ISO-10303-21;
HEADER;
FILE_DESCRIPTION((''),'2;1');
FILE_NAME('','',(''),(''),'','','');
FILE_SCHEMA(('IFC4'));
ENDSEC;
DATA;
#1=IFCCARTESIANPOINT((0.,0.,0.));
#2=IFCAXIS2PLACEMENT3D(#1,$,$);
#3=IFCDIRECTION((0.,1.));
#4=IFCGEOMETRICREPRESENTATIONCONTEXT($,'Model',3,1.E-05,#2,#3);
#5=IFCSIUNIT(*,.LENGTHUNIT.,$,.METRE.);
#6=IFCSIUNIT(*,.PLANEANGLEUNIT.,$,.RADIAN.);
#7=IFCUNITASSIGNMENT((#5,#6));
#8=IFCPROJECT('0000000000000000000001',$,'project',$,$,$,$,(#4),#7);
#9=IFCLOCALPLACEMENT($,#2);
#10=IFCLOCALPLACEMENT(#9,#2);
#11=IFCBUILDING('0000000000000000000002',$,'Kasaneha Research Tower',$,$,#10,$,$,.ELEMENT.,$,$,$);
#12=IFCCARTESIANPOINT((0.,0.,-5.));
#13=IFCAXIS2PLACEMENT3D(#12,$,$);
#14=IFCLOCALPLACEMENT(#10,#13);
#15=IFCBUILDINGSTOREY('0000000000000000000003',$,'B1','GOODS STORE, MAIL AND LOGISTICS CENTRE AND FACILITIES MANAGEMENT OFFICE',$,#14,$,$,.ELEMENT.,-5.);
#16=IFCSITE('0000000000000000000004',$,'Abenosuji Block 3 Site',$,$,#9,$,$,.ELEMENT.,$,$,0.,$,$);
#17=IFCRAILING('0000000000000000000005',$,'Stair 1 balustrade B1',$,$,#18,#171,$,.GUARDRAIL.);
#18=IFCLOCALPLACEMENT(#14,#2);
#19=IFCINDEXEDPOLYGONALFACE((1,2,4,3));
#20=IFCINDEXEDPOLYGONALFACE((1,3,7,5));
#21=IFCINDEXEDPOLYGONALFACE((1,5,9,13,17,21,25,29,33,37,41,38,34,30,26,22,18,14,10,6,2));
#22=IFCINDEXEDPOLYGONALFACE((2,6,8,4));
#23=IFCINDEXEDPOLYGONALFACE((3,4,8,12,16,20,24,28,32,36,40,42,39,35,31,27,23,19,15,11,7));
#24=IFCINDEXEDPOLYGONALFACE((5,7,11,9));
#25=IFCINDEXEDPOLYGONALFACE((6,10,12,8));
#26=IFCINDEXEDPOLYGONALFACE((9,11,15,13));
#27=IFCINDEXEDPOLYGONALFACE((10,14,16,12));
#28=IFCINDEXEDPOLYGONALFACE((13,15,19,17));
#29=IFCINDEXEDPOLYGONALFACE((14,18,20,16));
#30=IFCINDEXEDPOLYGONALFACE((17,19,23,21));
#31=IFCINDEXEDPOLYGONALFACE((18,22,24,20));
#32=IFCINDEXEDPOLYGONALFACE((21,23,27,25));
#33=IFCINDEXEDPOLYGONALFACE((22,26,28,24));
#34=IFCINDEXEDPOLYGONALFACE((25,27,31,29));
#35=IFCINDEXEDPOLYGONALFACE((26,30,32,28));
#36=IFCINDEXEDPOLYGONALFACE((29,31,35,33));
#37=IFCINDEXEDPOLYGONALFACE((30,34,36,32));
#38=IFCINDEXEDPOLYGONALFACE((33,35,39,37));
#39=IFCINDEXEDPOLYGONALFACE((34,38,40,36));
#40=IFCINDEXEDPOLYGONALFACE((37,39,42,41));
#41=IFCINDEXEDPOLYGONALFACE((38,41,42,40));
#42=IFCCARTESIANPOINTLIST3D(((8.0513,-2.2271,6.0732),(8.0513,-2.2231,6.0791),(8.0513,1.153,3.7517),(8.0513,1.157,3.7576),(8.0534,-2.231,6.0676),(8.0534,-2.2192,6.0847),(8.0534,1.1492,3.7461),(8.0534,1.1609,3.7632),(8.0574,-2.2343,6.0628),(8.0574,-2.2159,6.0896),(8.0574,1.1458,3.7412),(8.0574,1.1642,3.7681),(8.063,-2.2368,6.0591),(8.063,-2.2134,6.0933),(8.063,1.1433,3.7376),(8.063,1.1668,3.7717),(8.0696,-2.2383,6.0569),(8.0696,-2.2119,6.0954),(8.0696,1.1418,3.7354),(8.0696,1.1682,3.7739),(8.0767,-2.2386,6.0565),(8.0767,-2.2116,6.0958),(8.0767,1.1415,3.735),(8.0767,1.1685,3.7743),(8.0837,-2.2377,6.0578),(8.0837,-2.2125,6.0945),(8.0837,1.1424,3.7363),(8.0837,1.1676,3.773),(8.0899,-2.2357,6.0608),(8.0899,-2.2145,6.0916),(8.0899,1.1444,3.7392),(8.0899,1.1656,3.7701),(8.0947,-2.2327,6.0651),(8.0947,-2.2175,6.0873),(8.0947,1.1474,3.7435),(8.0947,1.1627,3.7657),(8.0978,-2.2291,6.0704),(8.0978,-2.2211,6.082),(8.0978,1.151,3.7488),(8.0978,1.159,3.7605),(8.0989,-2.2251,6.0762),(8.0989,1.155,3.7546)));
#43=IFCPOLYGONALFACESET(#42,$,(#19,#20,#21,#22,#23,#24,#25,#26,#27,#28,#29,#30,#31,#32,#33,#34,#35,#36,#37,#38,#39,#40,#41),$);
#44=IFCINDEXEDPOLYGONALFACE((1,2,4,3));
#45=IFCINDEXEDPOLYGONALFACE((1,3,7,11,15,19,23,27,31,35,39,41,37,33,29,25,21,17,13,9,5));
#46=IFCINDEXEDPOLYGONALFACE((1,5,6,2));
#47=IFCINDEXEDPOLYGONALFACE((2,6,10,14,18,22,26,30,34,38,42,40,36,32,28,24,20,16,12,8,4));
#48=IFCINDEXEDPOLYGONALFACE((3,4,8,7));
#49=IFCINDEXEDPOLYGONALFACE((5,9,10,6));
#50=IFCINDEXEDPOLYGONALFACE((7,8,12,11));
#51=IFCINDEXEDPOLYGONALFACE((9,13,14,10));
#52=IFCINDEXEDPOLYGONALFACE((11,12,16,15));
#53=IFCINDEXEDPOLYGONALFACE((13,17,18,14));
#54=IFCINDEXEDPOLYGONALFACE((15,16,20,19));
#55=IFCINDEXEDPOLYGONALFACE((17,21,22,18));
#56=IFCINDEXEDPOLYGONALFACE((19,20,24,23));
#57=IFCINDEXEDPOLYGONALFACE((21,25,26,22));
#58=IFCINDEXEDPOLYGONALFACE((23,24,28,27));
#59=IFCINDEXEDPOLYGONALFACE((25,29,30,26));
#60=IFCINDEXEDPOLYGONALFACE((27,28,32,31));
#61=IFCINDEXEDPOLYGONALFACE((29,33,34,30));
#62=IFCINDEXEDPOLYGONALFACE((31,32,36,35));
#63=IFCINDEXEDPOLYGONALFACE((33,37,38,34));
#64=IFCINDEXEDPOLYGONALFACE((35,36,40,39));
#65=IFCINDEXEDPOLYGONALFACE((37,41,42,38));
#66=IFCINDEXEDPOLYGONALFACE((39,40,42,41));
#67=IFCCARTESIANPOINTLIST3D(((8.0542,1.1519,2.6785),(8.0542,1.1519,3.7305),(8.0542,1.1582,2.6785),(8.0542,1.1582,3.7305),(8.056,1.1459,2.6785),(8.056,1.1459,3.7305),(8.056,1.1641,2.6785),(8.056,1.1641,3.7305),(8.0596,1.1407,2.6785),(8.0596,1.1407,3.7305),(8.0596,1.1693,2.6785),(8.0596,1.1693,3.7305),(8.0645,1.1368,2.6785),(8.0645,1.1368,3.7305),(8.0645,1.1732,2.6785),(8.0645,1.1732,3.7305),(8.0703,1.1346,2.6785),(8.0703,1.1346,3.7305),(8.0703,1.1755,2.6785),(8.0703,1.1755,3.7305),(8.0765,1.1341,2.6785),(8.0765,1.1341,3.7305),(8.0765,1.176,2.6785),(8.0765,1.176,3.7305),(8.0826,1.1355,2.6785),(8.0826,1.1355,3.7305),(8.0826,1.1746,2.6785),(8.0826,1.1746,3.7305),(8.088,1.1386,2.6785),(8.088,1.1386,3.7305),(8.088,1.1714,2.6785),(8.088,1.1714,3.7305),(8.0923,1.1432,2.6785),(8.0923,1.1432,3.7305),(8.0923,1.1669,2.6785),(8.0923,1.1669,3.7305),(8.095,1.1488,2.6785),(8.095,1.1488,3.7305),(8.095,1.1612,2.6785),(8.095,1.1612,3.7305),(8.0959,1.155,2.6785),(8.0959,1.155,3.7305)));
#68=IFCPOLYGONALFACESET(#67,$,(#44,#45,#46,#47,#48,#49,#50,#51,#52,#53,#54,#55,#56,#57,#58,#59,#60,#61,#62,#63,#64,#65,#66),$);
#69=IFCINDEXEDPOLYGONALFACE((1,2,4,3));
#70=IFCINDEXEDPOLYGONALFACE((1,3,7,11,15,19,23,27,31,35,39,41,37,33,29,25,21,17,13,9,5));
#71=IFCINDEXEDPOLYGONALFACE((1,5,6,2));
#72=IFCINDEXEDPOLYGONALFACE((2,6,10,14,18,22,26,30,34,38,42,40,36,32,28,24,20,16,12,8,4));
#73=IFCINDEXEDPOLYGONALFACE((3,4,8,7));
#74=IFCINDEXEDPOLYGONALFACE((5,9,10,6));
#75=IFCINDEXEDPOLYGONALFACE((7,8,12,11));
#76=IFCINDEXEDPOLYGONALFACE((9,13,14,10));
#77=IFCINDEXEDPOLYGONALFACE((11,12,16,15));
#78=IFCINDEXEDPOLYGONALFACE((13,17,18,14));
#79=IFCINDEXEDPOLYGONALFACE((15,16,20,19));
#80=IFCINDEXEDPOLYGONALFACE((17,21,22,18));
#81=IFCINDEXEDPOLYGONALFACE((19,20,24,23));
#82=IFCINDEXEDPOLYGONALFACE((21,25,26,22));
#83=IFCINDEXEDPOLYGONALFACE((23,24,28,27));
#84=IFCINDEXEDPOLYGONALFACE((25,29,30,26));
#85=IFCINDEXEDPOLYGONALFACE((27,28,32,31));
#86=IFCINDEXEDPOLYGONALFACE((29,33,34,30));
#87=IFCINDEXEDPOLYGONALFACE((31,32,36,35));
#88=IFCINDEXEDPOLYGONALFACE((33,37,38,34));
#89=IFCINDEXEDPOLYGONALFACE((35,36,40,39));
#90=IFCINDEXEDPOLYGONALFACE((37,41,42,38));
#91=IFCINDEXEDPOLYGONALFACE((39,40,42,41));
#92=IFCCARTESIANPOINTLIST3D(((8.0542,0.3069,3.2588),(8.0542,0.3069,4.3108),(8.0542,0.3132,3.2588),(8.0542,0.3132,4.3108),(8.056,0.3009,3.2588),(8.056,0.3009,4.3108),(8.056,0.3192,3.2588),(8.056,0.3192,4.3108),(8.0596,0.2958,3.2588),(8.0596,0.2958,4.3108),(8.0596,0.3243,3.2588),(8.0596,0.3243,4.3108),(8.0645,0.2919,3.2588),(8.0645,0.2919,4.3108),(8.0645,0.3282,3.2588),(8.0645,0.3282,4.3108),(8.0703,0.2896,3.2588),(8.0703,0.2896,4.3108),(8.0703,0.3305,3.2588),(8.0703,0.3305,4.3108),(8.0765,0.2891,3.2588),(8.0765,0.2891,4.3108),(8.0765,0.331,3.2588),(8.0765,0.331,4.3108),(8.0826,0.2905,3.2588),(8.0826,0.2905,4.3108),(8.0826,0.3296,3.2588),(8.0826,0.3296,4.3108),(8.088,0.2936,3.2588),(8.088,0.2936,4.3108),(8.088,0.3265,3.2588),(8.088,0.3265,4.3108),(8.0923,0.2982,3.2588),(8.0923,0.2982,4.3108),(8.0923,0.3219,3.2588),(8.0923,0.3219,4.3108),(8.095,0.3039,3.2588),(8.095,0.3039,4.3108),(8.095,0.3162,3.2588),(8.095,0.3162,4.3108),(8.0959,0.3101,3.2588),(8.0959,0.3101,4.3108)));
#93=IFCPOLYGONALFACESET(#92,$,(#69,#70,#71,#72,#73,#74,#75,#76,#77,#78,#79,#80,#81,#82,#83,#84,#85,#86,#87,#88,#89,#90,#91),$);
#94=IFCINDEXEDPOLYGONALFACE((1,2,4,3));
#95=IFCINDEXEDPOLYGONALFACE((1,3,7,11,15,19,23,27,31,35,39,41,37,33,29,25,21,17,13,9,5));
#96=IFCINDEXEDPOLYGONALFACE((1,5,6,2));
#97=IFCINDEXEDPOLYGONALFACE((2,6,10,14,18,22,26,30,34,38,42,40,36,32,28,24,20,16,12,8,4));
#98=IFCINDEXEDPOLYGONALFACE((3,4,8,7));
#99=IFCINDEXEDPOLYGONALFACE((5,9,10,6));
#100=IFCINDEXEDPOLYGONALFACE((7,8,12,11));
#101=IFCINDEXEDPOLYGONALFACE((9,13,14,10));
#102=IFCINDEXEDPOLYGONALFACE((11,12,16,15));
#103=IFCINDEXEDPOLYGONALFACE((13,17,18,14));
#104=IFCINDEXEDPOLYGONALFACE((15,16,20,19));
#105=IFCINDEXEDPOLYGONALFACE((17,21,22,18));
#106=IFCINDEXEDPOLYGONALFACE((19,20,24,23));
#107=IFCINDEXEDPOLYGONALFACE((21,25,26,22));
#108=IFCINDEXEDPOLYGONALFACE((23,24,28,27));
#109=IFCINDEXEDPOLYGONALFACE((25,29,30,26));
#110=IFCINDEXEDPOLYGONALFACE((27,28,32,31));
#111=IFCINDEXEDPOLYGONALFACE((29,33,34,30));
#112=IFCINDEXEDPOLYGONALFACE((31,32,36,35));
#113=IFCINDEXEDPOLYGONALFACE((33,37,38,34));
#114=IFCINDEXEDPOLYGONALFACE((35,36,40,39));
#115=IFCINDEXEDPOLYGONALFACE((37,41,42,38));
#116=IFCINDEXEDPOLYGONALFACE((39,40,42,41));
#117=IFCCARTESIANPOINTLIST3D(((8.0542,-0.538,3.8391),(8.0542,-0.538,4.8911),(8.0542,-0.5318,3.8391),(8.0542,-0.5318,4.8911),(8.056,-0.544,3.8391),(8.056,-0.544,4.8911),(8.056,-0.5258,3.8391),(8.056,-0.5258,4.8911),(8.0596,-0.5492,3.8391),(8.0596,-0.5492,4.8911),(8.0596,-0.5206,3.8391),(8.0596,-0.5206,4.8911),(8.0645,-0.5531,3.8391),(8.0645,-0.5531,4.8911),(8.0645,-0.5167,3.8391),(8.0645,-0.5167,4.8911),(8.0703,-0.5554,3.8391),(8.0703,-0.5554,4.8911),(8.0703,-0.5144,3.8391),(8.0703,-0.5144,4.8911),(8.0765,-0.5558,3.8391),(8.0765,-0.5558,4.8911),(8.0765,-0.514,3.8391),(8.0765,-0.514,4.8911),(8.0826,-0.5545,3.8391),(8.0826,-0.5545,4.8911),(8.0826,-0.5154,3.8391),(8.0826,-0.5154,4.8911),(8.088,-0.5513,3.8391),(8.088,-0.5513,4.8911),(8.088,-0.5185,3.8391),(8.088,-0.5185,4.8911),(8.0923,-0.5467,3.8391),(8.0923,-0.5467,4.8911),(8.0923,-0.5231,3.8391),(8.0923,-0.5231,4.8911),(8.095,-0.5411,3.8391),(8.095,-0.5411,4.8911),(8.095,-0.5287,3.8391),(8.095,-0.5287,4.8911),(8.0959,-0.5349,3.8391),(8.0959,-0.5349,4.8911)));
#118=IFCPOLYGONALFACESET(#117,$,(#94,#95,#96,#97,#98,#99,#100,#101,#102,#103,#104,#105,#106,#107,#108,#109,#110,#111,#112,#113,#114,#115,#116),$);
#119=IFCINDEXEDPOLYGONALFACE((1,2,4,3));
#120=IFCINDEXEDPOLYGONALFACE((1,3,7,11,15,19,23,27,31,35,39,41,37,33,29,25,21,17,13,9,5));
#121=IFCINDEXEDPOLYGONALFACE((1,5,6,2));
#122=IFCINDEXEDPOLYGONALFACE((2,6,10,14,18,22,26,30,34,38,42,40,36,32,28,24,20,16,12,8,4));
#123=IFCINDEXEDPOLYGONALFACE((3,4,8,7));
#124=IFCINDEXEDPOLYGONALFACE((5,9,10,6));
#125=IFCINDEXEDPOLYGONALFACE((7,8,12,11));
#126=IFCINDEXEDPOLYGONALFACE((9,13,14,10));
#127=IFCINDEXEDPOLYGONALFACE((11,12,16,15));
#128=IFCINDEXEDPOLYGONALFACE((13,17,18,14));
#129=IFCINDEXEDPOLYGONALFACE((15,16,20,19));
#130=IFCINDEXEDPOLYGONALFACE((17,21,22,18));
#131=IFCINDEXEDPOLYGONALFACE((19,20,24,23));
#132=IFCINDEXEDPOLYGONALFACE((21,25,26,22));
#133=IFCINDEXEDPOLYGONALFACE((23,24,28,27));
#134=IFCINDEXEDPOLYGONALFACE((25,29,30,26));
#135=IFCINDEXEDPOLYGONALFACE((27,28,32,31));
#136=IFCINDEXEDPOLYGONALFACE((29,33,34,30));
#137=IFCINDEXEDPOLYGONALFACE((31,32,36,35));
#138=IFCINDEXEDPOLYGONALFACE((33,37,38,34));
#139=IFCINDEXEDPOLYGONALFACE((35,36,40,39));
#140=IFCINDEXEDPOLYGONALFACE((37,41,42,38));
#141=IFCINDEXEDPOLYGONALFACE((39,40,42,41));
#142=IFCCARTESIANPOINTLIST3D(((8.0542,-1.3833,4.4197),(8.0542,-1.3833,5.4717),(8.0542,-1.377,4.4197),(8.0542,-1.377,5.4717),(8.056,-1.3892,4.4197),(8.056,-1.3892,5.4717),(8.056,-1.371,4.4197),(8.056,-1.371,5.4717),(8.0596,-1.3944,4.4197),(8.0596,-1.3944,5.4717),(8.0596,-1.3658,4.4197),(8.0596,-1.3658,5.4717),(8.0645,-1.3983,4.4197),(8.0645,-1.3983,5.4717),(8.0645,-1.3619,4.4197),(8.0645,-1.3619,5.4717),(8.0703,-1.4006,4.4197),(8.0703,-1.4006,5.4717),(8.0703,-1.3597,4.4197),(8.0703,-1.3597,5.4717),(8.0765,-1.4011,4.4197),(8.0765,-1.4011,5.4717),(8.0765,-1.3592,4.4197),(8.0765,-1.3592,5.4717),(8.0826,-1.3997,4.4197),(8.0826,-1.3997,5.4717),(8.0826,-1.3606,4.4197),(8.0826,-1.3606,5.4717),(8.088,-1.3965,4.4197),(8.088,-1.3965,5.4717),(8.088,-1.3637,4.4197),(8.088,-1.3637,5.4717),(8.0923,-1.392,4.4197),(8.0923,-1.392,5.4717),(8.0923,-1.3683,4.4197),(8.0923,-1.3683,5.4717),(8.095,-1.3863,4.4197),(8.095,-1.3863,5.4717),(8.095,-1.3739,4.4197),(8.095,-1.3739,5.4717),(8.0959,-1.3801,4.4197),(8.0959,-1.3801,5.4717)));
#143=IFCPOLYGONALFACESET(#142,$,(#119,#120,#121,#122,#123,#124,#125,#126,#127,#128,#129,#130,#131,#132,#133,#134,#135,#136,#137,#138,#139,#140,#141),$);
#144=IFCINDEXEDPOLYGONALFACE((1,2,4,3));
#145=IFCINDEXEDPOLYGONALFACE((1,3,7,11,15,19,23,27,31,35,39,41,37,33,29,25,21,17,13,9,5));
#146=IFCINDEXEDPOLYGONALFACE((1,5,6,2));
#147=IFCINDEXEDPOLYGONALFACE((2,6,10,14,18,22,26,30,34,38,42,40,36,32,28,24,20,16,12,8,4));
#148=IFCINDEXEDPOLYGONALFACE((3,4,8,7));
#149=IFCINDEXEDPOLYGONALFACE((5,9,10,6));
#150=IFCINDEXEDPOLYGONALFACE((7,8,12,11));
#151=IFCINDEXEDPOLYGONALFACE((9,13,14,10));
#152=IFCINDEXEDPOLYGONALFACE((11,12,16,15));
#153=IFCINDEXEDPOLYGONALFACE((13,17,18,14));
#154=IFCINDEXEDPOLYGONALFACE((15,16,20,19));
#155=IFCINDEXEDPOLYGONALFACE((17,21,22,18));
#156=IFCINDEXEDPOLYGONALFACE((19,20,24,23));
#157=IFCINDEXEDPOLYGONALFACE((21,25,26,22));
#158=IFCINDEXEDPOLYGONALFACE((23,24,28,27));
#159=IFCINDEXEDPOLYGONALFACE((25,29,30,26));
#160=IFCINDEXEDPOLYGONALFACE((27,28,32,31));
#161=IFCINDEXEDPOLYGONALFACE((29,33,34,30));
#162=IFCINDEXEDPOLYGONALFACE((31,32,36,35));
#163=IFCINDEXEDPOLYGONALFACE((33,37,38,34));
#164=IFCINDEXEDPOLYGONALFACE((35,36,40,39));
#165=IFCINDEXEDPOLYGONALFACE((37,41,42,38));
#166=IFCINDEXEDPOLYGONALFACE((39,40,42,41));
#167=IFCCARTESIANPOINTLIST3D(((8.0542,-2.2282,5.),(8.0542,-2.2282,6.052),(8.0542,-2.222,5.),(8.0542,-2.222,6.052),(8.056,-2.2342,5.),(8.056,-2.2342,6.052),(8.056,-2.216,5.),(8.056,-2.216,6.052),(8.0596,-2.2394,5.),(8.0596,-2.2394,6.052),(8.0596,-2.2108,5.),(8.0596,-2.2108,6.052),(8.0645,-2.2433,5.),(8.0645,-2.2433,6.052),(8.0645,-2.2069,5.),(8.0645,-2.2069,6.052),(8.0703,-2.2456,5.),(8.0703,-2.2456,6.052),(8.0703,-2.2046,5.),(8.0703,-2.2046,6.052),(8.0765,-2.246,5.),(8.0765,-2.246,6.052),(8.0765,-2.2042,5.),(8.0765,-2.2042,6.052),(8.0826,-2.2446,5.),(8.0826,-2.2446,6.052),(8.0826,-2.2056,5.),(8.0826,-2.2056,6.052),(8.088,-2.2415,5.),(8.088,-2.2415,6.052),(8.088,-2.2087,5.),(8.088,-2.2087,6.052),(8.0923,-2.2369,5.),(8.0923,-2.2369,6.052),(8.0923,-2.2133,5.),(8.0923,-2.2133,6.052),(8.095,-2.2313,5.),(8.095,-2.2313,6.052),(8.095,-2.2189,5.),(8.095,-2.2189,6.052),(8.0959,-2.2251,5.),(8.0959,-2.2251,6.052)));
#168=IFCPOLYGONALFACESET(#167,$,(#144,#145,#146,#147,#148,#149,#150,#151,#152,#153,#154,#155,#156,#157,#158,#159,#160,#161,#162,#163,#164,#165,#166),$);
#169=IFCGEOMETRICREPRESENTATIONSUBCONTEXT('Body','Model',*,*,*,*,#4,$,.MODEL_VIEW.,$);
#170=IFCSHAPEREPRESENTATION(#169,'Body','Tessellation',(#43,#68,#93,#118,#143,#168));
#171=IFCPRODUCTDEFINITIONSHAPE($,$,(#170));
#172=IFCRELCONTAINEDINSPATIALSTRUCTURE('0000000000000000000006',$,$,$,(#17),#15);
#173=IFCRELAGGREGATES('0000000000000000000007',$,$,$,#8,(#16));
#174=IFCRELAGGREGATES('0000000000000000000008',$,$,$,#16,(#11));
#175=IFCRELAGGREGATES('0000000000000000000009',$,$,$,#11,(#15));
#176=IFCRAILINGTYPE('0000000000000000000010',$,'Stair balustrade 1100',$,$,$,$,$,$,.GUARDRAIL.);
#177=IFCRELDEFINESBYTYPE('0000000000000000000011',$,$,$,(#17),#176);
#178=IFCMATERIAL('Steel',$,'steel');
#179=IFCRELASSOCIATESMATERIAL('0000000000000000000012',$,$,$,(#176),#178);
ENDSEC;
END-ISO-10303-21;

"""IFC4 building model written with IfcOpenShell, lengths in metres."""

from ifc_helpers import new_model, si_unit, direction, frame, origin, origin_2d, place, context, subcontext, project, spatial, circle, extrude, material, type_object, element, save


model = new_model("IFC4")

# Units and contexts
model_context = context("Model", 3, precision=1e-05, world=origin(), true_north=direction((0.0, 1.0)))
body_context = subcontext(model_context, "Body", "Model", "MODEL_VIEW")
ifc_project = project(units=[si_unit("LENGTHUNIT", "METRE"), si_unit("PLANEANGLEUNIT", "RADIAN")], contexts=[model_context])

# Site, building, storey
site_placement = place(None, origin())
site = spatial("IfcSite", under=ifc_project, at=site_placement, Name="Abenosuji Block 3 Site", CompositionType="ELEMENT", RefElevation=0.0)
building_placement = place(site_placement, origin())
building = spatial("IfcBuilding", under=site, at=building_placement, Name="Kasaneha Research Tower", CompositionType="ELEMENT")
storey_placement = place(building_placement, frame((0.0, 0.0, -5.0)))
storey = spatial("IfcBuildingStorey", under=building, at=storey_placement, Name="B1", Description="GOODS STORE, MAIL AND LOGISTICS CENTRE AND FACILITIES MANAGEMENT OFFICE", CompositionType="ELEMENT", Elevation=-5.0)

# Railing
ifc_material_1 = material(Name="Steel", Category="steel")
railing_type_1 = type_object("IfcRailingType", Name="Stair balustrade 1100", PredefinedType="GUARDRAIL", material=ifc_material_1)
railing_1_placement = place(storey_placement, frame((8.075, 1.155, 2.6785)))
element("IfcRailing", 1, at=railing_1_placement, inside=storey, type_object=railing_type_1, Name="Stair 1 balustrade B1", PredefinedType="GUARDRAIL", context=body_context, shape_type="SweptSolid", body=[
    extrude(circle(Radius=0.0239, at=origin_2d()), frame((0.0, 0.0, 1.0762), z_axis=(0.0, -0.824304, 0.566147), x_axis=(1.0, 0.0, 0.0)), (0.0, 0.0, 1.0), 4.1006),
    extrude(circle(Radius=0.021, at=origin_2d()), origin(), (0.0, 0.0, 1.0), 1.052),
    extrude(circle(Radius=0.021, at=origin_2d()), frame((0.0, -0.845, 0.5803)), (0.0, 0.0, 1.0), 1.052),
    extrude(circle(Radius=0.021, at=origin_2d()), frame((0.0, -1.6899, 1.1606)), (0.0, 0.0, 1.0), 1.052),
    extrude(circle(Radius=0.021, at=origin_2d()), frame((0.0, -2.5352, 1.7412)), (0.0, 0.0, 1.0), 1.052),
    extrude(circle(Radius=0.021, at=origin_2d()), frame((0.0, -3.3801, 2.3215)), (0.0, 0.0, 1.0), 1.052),
])

save(model, "model.ifc")
